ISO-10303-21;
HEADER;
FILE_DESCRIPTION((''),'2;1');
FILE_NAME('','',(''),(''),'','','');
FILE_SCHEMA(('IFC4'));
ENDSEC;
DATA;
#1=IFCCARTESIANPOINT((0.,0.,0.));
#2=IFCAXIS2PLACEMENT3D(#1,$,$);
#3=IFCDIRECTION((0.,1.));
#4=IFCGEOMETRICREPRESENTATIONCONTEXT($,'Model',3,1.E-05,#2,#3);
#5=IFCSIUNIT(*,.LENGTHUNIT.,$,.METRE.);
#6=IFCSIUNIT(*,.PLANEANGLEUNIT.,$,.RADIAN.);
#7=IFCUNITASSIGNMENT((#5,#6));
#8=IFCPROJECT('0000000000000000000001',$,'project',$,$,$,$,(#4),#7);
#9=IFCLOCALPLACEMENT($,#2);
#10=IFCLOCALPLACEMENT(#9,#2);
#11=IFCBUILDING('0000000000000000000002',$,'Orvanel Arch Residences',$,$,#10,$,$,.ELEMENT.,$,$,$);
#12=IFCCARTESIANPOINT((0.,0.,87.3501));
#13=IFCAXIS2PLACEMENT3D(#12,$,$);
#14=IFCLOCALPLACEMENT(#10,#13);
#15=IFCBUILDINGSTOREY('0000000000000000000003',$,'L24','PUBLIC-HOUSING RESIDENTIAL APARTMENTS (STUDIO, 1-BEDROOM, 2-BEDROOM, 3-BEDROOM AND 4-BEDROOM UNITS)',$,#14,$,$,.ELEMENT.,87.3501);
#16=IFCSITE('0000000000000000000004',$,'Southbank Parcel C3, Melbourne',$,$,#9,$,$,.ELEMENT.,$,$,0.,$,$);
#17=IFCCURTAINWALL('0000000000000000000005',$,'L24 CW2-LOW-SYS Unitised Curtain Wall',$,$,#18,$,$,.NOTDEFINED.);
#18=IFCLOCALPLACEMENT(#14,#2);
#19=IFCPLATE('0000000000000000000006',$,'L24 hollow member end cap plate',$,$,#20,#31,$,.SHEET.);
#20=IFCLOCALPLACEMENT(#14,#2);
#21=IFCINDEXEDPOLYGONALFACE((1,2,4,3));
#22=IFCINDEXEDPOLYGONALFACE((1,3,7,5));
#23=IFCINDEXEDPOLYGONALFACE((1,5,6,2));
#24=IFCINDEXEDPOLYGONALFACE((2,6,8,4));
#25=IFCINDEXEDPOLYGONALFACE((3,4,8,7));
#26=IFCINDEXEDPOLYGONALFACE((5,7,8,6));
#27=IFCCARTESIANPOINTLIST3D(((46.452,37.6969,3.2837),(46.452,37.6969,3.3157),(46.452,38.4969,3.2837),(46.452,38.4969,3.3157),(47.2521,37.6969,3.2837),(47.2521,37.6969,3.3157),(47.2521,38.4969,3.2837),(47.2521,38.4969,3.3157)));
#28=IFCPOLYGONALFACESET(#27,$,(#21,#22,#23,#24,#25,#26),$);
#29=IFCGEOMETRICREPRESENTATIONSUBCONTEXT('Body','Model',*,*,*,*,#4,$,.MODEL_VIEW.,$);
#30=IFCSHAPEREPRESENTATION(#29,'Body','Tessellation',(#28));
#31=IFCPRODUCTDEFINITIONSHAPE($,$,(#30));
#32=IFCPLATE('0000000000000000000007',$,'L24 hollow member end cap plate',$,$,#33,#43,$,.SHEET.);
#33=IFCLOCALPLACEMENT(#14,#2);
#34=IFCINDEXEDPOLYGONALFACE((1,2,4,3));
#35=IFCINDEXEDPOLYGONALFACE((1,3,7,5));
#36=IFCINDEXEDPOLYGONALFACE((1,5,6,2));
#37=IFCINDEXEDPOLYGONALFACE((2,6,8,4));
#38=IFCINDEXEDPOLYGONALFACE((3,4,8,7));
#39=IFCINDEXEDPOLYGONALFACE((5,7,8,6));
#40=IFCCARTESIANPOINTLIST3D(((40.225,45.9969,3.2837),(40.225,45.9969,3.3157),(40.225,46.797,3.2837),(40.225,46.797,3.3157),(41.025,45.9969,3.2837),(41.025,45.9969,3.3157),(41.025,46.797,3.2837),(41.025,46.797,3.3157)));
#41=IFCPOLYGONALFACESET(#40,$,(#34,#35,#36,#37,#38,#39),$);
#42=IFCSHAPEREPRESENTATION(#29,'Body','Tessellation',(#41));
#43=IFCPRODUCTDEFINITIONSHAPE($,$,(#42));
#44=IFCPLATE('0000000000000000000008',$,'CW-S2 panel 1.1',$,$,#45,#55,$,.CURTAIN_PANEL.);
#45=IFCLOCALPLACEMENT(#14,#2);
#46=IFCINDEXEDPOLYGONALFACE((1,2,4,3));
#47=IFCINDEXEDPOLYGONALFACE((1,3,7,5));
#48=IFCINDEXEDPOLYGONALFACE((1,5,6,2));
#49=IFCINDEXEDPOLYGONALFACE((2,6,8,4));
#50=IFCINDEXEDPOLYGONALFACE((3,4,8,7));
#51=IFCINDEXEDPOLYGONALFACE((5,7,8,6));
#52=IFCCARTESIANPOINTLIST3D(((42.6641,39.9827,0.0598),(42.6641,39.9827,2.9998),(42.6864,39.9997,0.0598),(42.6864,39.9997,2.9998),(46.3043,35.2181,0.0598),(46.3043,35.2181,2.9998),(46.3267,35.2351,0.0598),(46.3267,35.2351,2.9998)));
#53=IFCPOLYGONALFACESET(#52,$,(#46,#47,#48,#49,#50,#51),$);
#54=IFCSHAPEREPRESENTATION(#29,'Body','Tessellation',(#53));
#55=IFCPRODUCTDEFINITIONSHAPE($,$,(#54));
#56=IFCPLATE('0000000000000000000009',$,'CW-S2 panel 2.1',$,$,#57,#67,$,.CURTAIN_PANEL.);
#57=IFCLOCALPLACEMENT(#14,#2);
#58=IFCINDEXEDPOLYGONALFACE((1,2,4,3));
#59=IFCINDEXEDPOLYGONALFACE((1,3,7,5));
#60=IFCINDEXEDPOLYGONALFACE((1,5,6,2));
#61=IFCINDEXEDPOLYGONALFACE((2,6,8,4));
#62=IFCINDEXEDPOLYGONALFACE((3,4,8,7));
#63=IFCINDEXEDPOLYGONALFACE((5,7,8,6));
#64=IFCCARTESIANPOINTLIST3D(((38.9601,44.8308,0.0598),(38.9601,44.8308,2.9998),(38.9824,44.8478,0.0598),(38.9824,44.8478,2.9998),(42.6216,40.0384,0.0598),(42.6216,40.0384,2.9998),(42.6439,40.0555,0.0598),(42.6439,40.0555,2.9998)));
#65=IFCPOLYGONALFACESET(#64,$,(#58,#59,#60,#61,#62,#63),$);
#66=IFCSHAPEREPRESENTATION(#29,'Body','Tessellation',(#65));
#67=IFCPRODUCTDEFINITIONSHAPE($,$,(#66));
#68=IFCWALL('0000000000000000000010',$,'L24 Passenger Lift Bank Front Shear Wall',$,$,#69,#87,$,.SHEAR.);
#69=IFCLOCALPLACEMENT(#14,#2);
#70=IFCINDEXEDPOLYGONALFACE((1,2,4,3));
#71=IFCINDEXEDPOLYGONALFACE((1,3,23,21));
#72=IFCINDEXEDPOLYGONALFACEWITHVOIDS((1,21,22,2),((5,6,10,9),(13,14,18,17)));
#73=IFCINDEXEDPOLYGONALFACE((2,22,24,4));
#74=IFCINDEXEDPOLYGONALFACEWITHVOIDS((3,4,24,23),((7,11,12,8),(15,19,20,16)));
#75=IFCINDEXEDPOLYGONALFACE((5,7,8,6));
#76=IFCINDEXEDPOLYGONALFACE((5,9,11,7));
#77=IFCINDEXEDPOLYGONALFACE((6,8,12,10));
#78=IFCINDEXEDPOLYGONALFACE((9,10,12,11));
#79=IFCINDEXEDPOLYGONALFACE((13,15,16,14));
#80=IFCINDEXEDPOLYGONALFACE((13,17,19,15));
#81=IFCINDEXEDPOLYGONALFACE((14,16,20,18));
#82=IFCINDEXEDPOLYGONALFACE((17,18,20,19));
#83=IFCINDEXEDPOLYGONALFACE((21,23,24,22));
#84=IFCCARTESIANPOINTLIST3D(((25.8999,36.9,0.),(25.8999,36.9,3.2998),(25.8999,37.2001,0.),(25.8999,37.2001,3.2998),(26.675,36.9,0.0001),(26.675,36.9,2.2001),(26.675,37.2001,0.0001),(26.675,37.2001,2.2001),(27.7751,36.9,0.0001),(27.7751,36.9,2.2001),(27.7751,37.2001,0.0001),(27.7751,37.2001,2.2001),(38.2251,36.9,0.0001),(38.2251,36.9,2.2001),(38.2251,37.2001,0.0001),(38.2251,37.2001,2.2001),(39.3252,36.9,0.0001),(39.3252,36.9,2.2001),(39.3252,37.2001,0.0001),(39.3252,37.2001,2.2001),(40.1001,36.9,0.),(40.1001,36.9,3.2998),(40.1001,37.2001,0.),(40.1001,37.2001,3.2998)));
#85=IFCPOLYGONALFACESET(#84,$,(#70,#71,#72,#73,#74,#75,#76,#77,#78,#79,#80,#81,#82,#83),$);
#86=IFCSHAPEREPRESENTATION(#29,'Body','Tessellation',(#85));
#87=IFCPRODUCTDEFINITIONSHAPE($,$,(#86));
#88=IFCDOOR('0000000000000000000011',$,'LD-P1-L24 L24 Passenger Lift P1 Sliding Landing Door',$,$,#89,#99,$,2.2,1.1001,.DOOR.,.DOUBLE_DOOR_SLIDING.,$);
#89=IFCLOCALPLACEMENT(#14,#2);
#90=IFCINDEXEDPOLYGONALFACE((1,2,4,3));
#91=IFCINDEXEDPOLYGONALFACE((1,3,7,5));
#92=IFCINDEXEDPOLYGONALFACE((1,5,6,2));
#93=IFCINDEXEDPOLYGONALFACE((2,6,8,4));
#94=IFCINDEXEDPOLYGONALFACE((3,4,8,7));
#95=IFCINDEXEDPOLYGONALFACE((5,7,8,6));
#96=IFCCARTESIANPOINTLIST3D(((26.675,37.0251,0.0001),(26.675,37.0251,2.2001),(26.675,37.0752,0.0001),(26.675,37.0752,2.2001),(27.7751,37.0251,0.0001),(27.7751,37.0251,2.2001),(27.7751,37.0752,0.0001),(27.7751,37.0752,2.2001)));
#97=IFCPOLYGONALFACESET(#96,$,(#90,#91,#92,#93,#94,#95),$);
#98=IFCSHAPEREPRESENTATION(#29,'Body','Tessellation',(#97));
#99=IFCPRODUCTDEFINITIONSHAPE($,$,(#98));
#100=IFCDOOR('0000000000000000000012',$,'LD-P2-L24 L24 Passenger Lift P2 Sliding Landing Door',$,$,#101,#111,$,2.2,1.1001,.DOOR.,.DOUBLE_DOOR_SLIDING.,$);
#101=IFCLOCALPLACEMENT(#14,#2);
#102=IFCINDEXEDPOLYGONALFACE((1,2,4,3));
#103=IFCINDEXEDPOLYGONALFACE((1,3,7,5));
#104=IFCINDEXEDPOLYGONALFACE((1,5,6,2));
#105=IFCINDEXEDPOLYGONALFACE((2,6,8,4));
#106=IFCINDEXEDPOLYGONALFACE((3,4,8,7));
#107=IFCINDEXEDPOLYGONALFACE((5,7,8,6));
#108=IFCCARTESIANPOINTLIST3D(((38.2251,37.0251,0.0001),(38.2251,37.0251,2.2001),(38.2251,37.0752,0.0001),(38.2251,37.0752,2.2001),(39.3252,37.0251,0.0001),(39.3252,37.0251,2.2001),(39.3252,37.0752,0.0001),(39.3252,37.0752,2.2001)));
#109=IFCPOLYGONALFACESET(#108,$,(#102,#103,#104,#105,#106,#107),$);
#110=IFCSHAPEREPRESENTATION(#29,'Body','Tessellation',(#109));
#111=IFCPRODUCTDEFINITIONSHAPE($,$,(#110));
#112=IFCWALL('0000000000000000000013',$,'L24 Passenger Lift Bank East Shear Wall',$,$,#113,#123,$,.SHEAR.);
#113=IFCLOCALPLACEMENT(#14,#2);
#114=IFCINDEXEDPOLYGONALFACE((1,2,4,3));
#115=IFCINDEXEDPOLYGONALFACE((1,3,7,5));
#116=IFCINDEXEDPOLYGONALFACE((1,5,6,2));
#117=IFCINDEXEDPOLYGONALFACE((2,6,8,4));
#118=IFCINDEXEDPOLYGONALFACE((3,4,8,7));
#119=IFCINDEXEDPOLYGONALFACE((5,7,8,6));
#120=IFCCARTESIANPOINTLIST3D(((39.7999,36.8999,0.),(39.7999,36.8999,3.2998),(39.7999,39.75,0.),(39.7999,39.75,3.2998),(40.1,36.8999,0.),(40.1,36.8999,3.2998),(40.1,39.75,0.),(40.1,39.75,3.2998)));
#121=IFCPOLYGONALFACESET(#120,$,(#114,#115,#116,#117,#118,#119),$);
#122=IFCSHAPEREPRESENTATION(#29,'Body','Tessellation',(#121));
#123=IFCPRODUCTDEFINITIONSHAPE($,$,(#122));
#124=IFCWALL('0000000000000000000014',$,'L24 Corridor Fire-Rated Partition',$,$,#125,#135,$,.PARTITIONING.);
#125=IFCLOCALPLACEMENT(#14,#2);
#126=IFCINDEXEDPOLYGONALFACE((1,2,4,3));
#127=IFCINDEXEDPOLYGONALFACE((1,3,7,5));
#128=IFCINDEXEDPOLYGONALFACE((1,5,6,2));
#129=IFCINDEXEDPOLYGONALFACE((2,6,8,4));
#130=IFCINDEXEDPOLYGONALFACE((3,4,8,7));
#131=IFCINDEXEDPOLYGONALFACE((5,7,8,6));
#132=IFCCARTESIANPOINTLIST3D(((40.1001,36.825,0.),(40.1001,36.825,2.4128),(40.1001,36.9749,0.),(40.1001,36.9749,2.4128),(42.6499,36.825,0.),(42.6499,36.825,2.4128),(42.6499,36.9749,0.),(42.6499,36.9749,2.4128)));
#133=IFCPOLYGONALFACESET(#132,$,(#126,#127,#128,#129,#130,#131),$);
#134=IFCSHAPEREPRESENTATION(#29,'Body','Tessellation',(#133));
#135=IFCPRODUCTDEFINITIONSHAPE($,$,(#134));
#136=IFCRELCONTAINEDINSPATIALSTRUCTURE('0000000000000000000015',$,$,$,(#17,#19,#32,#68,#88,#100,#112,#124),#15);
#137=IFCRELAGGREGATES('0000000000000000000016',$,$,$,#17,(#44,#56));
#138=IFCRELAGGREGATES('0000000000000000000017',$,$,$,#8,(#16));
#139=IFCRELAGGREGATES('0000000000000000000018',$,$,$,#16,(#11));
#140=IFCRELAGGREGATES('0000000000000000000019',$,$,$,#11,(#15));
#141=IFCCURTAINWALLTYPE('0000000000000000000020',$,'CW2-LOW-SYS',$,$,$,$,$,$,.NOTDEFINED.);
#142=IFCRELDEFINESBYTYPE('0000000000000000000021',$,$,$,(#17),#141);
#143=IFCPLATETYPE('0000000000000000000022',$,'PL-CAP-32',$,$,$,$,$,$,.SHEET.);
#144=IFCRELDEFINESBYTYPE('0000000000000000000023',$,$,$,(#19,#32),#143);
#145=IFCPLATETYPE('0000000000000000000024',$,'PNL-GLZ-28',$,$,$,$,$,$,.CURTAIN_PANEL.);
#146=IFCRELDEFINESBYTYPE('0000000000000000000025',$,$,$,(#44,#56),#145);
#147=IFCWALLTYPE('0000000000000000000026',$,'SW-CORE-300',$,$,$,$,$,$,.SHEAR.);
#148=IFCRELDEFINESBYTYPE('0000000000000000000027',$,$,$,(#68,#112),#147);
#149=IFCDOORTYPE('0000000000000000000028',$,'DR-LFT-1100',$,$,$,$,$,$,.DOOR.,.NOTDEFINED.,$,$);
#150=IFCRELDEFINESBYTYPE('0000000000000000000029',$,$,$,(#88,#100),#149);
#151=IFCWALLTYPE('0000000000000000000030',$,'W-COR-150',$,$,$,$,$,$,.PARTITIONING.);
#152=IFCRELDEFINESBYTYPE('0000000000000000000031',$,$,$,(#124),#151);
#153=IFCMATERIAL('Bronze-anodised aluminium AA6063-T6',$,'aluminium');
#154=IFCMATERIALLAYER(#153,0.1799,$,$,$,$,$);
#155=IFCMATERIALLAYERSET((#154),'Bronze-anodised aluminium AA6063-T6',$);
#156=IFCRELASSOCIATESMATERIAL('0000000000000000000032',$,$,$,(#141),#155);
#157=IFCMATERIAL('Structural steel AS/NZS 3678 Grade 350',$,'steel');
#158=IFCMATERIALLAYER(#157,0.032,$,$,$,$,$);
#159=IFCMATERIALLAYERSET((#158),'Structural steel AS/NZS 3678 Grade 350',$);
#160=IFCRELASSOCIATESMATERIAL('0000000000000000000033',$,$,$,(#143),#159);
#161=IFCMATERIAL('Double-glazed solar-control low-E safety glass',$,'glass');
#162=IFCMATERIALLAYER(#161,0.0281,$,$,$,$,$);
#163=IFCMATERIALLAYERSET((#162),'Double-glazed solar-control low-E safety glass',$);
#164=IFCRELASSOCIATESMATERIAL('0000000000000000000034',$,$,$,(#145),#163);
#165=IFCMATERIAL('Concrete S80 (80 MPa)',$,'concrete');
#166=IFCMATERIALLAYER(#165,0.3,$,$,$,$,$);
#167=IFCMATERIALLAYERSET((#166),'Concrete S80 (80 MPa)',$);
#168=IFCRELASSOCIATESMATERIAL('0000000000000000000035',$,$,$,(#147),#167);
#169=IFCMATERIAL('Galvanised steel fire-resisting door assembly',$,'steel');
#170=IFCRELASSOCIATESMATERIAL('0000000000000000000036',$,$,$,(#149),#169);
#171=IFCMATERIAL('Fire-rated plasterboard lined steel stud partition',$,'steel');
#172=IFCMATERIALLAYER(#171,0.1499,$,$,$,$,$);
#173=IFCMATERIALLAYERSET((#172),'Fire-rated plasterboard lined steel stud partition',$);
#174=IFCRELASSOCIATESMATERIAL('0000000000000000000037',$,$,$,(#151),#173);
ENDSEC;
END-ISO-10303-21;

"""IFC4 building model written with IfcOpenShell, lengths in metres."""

from ifc_helpers import new_model, si_unit, direction, frame, frame_2d, origin, origin_2d, place, context, subcontext, project, spatial, rectangle, extrude, material, layer, layer_set, type_object, element, fill, aggregate, save


model = new_model("IFC4")

# Units and contexts
model_context = context("Model", 3, precision=1e-05, world=origin(), true_north=direction((0.0, 1.0)))
body_context = subcontext(model_context, "Body", "Model", "MODEL_VIEW")
ifc_project = project(units=[si_unit("LENGTHUNIT", "METRE"), si_unit("PLANEANGLEUNIT", "RADIAN")], contexts=[model_context])

# Site, building, storey
site_placement = place(None, origin())
site = spatial("IfcSite", under=ifc_project, at=site_placement, Name="Southbank Parcel C3, Melbourne", CompositionType="ELEMENT", RefElevation=0.0)
building_placement = place(site_placement, origin())
building = spatial("IfcBuilding", under=site, at=building_placement, Name="Orvanel Arch Residences", CompositionType="ELEMENT")
storey_placement = place(building_placement, frame((0.0, 0.0, 87.3501)))
storey = spatial("IfcBuildingStorey", under=building, at=storey_placement, Name="L24", Description="PUBLIC-HOUSING RESIDENTIAL APARTMENTS (STUDIO, 1-BEDROOM, 2-BEDROOM, 3-BEDROOM AND 4-BEDROOM UNITS)", CompositionType="ELEMENT", Elevation=87.3501)

# Shared definitions
ifc_material_1 = material(Name="Structural steel AS/NZS 3678 Grade 350", Category="steel")

# Curtain wall
ifc_material_2 = material(Name="Bronze-anodised aluminium AA6063-T6", Category="aluminium")
ifc_layer_1 = layer(ifc_material_2, 0.1799)
ifc_layer_set_1 = layer_set([ifc_layer_1], Name="Bronze-anodised aluminium AA6063-T6")
curtain_wall_type = type_object("IfcCurtainWallType", Name="CW2-LOW-SYS", PredefinedType="NOTDEFINED", material=ifc_layer_set_1)
curtain_wall_placement = place(storey_placement, origin())
curtain_wall = element("IfcCurtainWall", 1, at=curtain_wall_placement, inside=storey, type_object=curtain_wall_type, Name="L24 CW2-LOW-SYS Unitised Curtain Wall", PredefinedType="NOTDEFINED")

# Plates
ifc_layer_2 = layer(ifc_material_1, 0.032)
ifc_layer_set_2 = layer_set([ifc_layer_2], Name="Structural steel AS/NZS 3678 Grade 350")
plate_type_1 = type_object("IfcPlateType", Name="PL-CAP-32", PredefinedType="SHEET", material=ifc_layer_set_2)
for number, where, z_axis, x_axis, name in (
    (2, (46.8521, 38.0969, 3.2837), (0.0, 0.0, 1.0), (1.0, 0.0, 0.0), "L24 hollow member end cap plate"),
    (3, (40.625, 46.397, 3.2837), (0.0, 0.0, 1.0), (1.0, 0.0, 0.0), "L24 hollow member end cap plate"),
):
    element("IfcPlate", number, at=place(storey_placement, frame(where, z_axis=z_axis, x_axis=x_axis)), inside=storey, type_object=plate_type_1, Name=name, PredefinedType="SHEET", context=body_context, shape_type="SweptSolid", body=[
        extrude(rectangle(XDim=0.8, YDim=0.8, at=origin_2d()), origin(), (0.0, 0.0, 1.0), 0.032),
    ])

# Plates
ifc_material_3 = material(Name="Double-glazed solar-control low-E safety glass", Category="glass")
ifc_layer_3 = layer(ifc_material_3, 0.0281)
ifc_layer_set_3 = layer_set([ifc_layer_3], Name="Double-glazed solar-control low-E safety glass")
plate_type_2 = type_object("IfcPlateType", Name="PNL-GLZ-28", PredefinedType="CURTAIN_PANEL", material=ifc_layer_set_3)
plate_1_placement = place(storey_placement, frame((44.4954, 37.6089, 0.0598), z_axis=(0.0, 0.0, 1.0), x_axis=(-0.607109, 0.794618, 0.0)))
plate_1 = element("IfcPlate", 4, at=plate_1_placement, type_object=plate_type_2, Name="CW-S2 panel 1.1", PredefinedType="CURTAIN_PANEL", context=body_context, shape_type="SweptSolid", body=[
    extrude(rectangle(XDim=5.9961, YDim=0.0281, at=origin_2d()), origin(), (0.0, 0.0, 1.0), 2.9399),
])
plate_2_placement = place(storey_placement, frame((40.802, 42.4431, 0.0598), z_axis=(0.0, 0.0, 1.0), x_axis=(-0.607109, 0.794618, 0.0)))
plate_2 = element("IfcPlate", 5, at=plate_2_placement, type_object=plate_type_2, Name="CW-S2 panel 2.1", PredefinedType="CURTAIN_PANEL", context=body_context, shape_type="SweptSolid", body=[
    extrude(rectangle(XDim=6.031, YDim=0.0281, at=origin_2d()), origin(), (0.0, 0.0, 1.0), 2.9399),
])
aggregate(curtain_wall, [plate_1, plate_2])

# Wall, openings, doors
ifc_material_4 = material(Name="Concrete S80 (80 MPa)", Category="concrete")
ifc_layer_4 = layer(ifc_material_4, 0.3)
ifc_layer_set_4 = layer_set([ifc_layer_4], Name="Concrete S80 (80 MPa)")
wall_type_1 = type_object("IfcWallType", Name="SW-CORE-300", PredefinedType="SHEAR", material=ifc_layer_set_4)
wall_1_placement = place(storey_placement, frame((40.1001, 37.05, 0.0), z_axis=(0.0, 0.0, 1.0), x_axis=(-1.0, 0.0, 0.0)))
wall_1 = element("IfcWall", 6, at=wall_1_placement, inside=storey, type_object=wall_type_1, Name="L24 Passenger Lift Bank Front Shear Wall", PredefinedType="SHEAR", context=body_context, shape_type="SweptSolid", body=[
    extrude(rectangle(XDim=14.2002, YDim=0.3, at=frame_2d((7.1001, 0.0))), origin(), (0.0, 0.0, 1.0), 3.2998),
])
opening_1_placement = place(wall_1_placement, frame((12.325, 0.0, 0.0)))
opening_1 = element("IfcOpeningElement", 7, at=opening_1_placement, cuts=wall_1, PredefinedType="OPENING", context=body_context, shape_type="SweptSolid", body=[
    extrude(rectangle(XDim=1.1001, YDim=2.2, at=frame_2d((0.55, 1.1001))), frame((0.0, 0.1599, 0.0), z_axis=(0.0, -1.0, 0.0), x_axis=(1.0, 0.0, 0.0)), (0.0, 0.0, 1.0), 0.3201),
])
opening_2_placement = place(wall_1_placement, frame((0.7749, 0.0, 0.0)))
opening_2 = element("IfcOpeningElement", 8, at=opening_2_placement, cuts=wall_1, PredefinedType="OPENING", context=body_context, shape_type="SweptSolid", body=[
    extrude(rectangle(XDim=1.1001, YDim=2.2, at=frame_2d((0.55, 1.1001))), frame((0.0, 0.1599, 0.0), z_axis=(0.0, -1.0, 0.0), x_axis=(1.0, 0.0, 0.0)), (0.0, 0.0, 1.0), 0.3201),
])
ifc_material_5 = material(Name="Galvanised steel fire-resisting door assembly", Category="steel")
door_type_1 = type_object("IfcDoorType", Name="DR-LFT-1100", OperationType="NOTDEFINED", PredefinedType="DOOR", material=ifc_material_5)
door_1_placement = place(opening_1_placement, origin())
door_1 = element("IfcDoor", 9, at=door_1_placement, inside=storey, type_object=door_type_1, Name="LD-P1-L24 L24 Passenger Lift P1 Sliding Landing Door", OperationType="DOUBLE_DOOR_SLIDING", OverallHeight=2.2, OverallWidth=1.1001, PredefinedType="DOOR", context=body_context, shape_type="SweptSolid", body=[
    extrude(rectangle(XDim=1.1001, YDim=2.2, at=frame_2d((0.55, 1.1001))), frame((0.0, 0.0249, 0.0), z_axis=(0.0, -1.0, 0.0), x_axis=(1.0, 0.0, 0.0)), (0.0, 0.0, 1.0), 0.05),
])
fill(opening_1, door_1)
door_2_placement = place(opening_2_placement, origin())
door_2 = element("IfcDoor", 10, at=door_2_placement, inside=storey, type_object=door_type_1, Name="LD-P2-L24 L24 Passenger Lift P2 Sliding Landing Door", OperationType="DOUBLE_DOOR_SLIDING", OverallHeight=2.2, OverallWidth=1.1001, PredefinedType="DOOR", context=body_context, shape_type="SweptSolid", body=[
    extrude(rectangle(XDim=1.1001, YDim=2.2, at=frame_2d((0.55, 1.1001))), frame((0.0, 0.0249, 0.0), z_axis=(0.0, -1.0, 0.0), x_axis=(1.0, 0.0, 0.0)), (0.0, 0.0, 1.0), 0.05),
])
fill(opening_2, door_2)

# Walls
wall_2_placement = place(storey_placement, frame((39.95, 36.8999, 0.0), z_axis=(0.0, 0.0, 1.0), x_axis=(0.0, 1.0, 0.0)))
element("IfcWall", 11, at=wall_2_placement, inside=storey, type_object=wall_type_1, Name="L24 Passenger Lift Bank East Shear Wall", PredefinedType="SHEAR", context=body_context, shape_type="SweptSolid", body=[
    extrude(rectangle(XDim=2.8501, YDim=0.3, at=frame_2d((1.425, 0.0))), origin(), (0.0, 0.0, 1.0), 3.2998),
])
ifc_material_6 = material(Name="Fire-rated plasterboard lined steel stud partition", Category="steel")
ifc_layer_5 = layer(ifc_material_6, 0.1499)
ifc_layer_set_5 = layer_set([ifc_layer_5], Name="Fire-rated plasterboard lined steel stud partition")
wall_type_2 = type_object("IfcWallType", Name="W-COR-150", PredefinedType="PARTITIONING", material=ifc_layer_set_5)
wall_3_placement = place(storey_placement, frame((40.1001, 36.8999, 0.0), z_axis=(0.0, 0.0, 1.0), x_axis=(1.0, 0.0, 0.0)))
element("IfcWall", 12, at=wall_3_placement, inside=storey, type_object=wall_type_2, Name="L24 Corridor Fire-Rated Partition", PredefinedType="PARTITIONING", context=body_context, shape_type="SweptSolid", body=[
    extrude(rectangle(XDim=2.5498, YDim=0.1499, at=frame_2d((1.2749, 0.0))), origin(), (0.0, 0.0, 1.0), 2.4128),
])

save(model, "model.ifc")
